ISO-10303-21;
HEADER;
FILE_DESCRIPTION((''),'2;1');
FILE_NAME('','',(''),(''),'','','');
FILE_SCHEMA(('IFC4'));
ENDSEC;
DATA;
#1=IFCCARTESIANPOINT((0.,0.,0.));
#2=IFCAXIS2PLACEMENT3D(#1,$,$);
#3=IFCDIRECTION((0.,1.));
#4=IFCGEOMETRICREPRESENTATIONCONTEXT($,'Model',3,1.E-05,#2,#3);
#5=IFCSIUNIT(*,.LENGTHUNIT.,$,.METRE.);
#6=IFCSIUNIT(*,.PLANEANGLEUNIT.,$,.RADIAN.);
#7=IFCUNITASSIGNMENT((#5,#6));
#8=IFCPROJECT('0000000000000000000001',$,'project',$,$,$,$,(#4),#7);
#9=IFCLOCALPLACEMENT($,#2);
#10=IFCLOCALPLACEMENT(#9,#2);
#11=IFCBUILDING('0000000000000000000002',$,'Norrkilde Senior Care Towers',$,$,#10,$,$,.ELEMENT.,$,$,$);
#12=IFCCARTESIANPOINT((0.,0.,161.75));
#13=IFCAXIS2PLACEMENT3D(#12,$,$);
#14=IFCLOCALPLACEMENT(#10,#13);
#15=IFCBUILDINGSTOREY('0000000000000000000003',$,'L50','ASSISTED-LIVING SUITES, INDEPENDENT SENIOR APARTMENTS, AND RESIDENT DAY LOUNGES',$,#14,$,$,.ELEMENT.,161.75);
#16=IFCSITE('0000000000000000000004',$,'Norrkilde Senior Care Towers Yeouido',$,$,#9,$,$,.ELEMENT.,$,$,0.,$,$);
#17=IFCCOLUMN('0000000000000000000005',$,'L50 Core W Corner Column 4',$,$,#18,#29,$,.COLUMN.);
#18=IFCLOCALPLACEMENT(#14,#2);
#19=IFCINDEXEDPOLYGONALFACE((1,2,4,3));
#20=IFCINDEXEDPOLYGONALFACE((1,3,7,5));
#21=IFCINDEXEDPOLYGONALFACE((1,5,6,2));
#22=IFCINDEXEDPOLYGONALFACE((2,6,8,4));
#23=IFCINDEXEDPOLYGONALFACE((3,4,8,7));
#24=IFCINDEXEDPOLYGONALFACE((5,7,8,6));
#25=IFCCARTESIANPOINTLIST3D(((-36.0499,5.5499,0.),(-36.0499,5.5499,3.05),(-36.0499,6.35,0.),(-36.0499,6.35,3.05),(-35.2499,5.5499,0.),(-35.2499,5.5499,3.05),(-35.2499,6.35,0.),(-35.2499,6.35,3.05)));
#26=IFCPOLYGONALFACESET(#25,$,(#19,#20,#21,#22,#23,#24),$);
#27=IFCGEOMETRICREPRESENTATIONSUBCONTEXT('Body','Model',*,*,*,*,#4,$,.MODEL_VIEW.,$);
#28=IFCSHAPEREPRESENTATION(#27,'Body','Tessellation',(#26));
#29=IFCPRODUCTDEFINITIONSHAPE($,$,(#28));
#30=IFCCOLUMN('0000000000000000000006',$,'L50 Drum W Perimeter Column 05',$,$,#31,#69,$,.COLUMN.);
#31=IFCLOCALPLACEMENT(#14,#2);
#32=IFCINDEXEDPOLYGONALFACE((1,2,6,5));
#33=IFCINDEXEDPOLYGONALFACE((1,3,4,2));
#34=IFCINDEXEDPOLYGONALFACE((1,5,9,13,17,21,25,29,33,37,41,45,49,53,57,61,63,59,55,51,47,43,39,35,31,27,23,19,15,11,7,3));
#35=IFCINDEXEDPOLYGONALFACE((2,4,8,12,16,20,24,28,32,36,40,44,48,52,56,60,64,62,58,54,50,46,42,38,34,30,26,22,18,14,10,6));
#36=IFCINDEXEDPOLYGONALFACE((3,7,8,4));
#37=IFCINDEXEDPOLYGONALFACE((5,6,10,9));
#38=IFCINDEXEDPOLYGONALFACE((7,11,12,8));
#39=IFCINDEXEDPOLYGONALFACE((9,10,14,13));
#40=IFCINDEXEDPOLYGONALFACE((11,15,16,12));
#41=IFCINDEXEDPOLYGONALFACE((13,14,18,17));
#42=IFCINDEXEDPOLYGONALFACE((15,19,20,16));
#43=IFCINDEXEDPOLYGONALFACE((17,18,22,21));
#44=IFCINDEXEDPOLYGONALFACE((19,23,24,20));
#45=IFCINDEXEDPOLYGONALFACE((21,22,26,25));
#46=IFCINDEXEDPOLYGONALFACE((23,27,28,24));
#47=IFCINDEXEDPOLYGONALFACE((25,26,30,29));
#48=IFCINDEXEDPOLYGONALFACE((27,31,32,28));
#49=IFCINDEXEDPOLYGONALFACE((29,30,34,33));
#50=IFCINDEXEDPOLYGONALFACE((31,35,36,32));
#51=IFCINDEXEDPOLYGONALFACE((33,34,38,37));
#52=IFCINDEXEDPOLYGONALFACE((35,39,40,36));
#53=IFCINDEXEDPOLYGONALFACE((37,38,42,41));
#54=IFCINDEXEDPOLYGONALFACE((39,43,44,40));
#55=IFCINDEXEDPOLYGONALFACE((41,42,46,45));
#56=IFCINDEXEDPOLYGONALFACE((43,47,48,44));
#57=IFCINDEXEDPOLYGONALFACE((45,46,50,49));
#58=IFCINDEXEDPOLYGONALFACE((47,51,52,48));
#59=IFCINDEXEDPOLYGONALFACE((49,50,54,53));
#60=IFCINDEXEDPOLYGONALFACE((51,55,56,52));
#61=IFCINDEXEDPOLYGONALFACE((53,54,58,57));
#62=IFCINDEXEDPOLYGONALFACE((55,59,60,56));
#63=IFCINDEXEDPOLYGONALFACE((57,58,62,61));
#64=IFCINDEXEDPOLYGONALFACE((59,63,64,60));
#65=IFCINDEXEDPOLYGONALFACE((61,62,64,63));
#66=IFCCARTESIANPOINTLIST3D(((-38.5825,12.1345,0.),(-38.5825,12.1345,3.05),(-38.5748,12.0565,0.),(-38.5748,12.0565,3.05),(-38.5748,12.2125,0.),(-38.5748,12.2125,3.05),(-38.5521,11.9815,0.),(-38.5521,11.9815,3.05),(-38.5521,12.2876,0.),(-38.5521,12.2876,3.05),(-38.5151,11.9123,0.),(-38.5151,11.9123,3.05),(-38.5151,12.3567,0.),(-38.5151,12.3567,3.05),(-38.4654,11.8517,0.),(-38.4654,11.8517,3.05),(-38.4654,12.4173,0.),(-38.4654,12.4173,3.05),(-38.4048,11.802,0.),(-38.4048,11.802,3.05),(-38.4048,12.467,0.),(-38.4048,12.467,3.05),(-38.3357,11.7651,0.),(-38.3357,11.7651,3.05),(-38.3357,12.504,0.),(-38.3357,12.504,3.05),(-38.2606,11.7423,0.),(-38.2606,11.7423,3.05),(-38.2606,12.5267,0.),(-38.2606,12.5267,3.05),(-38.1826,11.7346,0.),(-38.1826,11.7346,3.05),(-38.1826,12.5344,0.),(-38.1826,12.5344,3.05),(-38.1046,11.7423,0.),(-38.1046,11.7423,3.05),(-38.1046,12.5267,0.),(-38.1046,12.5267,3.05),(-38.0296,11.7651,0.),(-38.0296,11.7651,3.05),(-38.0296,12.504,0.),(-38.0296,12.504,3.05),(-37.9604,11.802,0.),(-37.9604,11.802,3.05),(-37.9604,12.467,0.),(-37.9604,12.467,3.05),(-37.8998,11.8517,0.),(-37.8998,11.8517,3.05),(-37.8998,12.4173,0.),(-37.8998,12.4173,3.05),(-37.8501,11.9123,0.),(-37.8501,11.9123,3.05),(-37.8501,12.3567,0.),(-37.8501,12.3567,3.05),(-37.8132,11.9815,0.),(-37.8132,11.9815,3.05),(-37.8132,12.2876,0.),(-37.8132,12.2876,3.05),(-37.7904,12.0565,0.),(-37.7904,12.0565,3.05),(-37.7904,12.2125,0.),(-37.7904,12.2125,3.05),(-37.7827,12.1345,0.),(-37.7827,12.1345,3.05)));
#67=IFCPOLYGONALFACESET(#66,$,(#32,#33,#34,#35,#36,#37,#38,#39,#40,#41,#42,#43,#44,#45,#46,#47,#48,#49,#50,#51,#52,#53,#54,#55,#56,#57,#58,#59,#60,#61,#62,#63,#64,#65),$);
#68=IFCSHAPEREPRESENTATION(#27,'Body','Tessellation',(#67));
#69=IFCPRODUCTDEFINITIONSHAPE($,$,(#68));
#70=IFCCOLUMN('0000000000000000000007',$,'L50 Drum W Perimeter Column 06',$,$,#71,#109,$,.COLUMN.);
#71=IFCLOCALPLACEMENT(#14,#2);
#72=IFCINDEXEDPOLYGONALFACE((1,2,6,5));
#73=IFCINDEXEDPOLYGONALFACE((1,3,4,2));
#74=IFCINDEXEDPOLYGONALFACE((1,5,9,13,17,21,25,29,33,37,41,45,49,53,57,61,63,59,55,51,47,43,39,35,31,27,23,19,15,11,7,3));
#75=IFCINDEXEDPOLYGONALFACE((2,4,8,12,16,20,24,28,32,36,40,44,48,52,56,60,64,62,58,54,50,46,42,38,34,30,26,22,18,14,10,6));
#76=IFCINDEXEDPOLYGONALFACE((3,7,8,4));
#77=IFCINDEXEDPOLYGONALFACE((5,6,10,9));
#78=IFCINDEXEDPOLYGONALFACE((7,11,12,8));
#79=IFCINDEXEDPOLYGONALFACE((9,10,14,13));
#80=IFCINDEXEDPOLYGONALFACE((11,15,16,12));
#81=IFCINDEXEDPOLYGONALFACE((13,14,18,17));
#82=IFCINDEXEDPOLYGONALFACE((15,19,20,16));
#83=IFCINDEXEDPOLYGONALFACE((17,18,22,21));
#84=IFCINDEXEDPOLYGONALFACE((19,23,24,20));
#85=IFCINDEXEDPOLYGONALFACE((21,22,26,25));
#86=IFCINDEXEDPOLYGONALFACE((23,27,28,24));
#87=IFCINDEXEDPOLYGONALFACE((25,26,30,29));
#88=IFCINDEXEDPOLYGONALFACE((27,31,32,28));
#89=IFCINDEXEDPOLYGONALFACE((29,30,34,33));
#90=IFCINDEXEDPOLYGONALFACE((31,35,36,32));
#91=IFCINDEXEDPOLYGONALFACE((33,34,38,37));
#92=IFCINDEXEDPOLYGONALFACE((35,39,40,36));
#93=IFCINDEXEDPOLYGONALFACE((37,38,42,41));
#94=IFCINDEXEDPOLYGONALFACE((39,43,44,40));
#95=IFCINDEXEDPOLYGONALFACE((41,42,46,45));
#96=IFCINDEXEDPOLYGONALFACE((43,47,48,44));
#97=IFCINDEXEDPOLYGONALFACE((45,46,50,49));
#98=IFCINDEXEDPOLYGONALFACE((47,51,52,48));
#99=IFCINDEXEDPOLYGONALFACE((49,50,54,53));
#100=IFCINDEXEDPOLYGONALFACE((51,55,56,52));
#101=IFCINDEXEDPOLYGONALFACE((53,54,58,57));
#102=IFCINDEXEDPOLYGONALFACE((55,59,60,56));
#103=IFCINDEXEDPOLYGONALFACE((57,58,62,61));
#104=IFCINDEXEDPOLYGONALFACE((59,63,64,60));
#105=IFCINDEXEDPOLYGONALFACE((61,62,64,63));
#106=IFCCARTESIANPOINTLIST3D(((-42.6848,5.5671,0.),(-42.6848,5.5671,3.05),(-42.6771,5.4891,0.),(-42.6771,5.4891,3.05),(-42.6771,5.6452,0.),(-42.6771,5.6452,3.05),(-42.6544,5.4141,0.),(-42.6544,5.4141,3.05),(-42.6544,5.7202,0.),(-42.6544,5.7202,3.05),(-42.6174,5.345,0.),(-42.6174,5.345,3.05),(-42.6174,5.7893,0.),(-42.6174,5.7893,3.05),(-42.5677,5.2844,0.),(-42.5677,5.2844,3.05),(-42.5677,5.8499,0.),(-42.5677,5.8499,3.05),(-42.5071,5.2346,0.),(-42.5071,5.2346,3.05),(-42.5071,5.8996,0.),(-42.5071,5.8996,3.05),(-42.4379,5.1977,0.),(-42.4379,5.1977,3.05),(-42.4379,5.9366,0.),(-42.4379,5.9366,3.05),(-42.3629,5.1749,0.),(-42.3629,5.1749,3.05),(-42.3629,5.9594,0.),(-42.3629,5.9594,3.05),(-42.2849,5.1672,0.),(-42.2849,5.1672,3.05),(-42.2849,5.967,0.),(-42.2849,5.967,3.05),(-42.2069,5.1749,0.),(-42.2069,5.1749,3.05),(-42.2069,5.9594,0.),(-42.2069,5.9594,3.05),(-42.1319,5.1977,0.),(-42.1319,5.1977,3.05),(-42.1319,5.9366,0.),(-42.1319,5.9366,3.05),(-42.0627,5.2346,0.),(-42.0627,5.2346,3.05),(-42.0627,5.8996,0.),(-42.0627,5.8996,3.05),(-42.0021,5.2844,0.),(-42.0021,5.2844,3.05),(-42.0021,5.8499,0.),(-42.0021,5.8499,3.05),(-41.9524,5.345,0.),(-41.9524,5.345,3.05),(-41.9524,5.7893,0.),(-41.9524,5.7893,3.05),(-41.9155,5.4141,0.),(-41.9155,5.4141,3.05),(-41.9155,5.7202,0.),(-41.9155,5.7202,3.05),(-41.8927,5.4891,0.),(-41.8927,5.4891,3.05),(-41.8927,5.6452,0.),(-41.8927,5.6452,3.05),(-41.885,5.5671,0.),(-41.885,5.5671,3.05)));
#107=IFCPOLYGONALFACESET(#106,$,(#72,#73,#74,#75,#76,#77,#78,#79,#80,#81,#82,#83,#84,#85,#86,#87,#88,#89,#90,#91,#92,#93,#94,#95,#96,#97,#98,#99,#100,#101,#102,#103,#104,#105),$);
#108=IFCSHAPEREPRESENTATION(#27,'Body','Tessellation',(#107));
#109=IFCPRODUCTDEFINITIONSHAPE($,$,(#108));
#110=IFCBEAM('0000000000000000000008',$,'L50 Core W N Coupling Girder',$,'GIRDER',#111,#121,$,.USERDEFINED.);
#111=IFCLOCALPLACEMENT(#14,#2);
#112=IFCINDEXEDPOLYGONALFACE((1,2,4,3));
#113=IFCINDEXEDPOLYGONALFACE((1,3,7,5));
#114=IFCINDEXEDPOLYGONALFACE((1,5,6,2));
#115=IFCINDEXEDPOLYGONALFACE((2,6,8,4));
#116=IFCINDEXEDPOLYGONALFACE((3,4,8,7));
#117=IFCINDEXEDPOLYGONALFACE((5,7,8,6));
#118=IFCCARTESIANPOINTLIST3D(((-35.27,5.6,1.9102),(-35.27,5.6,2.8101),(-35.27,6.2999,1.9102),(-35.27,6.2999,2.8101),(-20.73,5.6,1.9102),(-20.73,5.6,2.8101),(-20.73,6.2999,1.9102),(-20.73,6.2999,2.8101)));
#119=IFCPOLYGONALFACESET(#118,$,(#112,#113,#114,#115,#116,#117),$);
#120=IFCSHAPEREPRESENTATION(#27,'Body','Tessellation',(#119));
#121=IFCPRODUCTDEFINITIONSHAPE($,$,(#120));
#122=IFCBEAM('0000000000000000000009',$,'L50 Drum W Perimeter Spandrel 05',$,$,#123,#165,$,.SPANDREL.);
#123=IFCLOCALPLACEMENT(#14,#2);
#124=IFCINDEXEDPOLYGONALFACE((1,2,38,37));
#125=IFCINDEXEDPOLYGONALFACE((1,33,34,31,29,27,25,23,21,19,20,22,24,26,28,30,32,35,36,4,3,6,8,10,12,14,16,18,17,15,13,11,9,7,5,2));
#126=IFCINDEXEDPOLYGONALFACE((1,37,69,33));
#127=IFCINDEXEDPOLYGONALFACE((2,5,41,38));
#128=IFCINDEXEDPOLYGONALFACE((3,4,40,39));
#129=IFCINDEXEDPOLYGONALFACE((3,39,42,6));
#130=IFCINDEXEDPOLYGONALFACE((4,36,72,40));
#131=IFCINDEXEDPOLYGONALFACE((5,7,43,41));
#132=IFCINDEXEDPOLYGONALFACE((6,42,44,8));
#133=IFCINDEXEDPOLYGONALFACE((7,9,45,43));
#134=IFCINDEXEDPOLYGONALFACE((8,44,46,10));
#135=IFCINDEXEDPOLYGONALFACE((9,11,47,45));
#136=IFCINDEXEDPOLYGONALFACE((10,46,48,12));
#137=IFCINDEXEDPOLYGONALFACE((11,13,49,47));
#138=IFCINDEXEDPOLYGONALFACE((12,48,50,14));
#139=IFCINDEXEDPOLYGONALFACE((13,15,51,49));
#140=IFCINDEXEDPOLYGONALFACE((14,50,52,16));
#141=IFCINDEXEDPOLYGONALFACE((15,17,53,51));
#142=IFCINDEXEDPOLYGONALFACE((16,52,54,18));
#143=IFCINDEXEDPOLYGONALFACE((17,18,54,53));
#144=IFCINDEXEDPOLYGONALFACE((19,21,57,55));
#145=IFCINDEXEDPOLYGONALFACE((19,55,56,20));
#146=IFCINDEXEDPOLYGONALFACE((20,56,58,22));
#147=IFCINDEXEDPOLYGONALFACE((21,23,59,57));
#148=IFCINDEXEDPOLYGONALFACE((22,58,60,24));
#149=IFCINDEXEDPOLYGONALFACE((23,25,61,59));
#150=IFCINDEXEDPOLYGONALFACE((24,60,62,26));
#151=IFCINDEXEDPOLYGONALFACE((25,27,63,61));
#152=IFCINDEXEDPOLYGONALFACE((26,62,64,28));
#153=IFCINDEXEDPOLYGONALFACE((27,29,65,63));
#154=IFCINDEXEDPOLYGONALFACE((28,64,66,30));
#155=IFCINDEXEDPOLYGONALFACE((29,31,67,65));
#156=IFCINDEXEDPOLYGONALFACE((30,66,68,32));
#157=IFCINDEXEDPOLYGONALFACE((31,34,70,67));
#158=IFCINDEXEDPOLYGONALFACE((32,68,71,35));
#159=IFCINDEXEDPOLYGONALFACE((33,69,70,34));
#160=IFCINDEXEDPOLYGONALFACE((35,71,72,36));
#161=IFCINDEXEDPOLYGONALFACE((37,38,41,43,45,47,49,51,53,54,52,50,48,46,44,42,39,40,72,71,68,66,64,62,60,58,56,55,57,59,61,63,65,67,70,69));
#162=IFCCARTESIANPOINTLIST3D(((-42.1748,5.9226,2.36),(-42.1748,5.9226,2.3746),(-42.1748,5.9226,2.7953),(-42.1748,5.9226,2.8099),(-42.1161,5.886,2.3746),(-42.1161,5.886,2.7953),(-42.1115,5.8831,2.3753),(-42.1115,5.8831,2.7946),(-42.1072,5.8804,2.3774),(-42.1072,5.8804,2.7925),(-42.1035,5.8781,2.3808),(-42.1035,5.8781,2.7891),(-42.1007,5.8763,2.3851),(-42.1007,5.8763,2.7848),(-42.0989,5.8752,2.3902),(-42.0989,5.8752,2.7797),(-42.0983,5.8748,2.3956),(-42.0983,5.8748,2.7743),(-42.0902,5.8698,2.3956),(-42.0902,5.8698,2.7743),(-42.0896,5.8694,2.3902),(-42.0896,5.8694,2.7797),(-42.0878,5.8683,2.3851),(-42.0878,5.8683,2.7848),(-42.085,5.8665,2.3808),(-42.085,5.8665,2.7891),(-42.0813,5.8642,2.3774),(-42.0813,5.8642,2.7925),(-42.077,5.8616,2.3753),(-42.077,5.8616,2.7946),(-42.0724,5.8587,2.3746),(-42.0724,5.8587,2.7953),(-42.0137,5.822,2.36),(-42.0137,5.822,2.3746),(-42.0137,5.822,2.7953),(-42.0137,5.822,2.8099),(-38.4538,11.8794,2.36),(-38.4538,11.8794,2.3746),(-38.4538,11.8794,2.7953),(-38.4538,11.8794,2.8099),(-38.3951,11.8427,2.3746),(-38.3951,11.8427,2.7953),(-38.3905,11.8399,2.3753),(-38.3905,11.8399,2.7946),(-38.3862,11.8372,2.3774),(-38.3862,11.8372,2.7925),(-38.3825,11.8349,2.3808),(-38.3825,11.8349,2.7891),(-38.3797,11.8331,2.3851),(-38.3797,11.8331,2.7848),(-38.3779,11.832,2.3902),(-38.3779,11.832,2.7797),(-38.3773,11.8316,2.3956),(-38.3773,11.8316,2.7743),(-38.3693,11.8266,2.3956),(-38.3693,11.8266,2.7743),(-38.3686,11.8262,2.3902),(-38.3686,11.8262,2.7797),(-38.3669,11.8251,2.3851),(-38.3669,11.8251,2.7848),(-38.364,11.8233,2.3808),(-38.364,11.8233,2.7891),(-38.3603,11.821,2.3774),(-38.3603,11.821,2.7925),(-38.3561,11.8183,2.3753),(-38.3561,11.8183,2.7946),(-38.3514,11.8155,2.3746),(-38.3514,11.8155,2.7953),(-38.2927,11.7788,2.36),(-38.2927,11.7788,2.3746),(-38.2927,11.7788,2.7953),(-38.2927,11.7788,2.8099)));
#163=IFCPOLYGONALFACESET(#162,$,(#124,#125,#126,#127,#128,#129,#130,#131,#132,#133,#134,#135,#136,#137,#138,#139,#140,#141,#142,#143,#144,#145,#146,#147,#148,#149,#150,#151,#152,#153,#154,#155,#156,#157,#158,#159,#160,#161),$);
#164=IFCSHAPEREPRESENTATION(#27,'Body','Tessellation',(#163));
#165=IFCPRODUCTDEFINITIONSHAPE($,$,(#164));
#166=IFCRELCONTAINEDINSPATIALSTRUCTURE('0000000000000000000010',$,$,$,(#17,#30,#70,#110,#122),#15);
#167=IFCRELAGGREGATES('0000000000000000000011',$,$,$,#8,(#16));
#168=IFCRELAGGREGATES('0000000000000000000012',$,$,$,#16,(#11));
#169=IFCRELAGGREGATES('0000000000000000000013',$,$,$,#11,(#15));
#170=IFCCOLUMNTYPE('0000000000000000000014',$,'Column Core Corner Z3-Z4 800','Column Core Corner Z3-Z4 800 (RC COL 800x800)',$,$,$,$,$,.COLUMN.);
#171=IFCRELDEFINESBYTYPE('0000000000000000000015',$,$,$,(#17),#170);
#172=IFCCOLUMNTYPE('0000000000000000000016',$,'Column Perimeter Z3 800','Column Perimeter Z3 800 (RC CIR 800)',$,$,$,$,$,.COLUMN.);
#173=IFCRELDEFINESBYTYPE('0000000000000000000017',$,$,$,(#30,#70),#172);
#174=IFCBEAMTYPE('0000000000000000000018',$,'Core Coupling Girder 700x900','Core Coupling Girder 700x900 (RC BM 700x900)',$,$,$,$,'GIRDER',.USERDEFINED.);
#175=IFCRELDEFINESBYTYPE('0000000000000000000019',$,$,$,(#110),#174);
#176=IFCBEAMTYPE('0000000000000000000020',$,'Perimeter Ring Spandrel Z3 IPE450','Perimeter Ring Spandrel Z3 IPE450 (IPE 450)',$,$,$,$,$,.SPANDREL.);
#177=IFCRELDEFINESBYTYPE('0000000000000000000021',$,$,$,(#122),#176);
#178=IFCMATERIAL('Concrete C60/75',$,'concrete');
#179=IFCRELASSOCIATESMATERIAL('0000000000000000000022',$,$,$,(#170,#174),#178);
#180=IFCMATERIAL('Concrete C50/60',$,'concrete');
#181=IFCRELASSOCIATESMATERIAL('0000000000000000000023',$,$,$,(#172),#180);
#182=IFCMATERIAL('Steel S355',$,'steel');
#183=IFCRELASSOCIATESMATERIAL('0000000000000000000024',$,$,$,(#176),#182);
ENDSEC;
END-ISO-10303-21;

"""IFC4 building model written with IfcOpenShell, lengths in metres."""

from ifc_helpers import new_model, si_unit, direction, frame, origin, origin_2d, place, context, subcontext, project, spatial, rectangle, circle, i_section, extrude, source, transform, mapped, material, material_profile, profile_set, type_object, type_shapes, element, save


model = new_model("IFC4")

# Units and contexts
model_context = context("Model", 3, precision=1e-05, world=origin(), true_north=direction((0.0, 1.0)))
body_context = subcontext(model_context, "Body", "Model", "MODEL_VIEW")
ifc_project = project(units=[si_unit("LENGTHUNIT", "METRE"), si_unit("PLANEANGLEUNIT", "RADIAN")], contexts=[model_context])

# Site, building, storey
site_placement = place(None, origin())
site = spatial("IfcSite", under=ifc_project, at=site_placement, Name="Norrkilde Senior Care Towers Yeouido", CompositionType="ELEMENT", RefElevation=0.0)
building_placement = place(site_placement, origin())
building = spatial("IfcBuilding", under=site, at=building_placement, Name="Norrkilde Senior Care Towers", CompositionType="ELEMENT")
storey_placement = place(building_placement, frame((0.0, 0.0, 161.75)))
storey = spatial("IfcBuildingStorey", under=building, at=storey_placement, Name="L50", Description="ASSISTED-LIVING SUITES, INDEPENDENT SENIOR APARTMENTS, AND RESIDENT DAY LOUNGES", CompositionType="ELEMENT", Elevation=161.75)

# Columns
ifc_material_1 = material(Name="Concrete C60/75", Category="concrete")
ifc_material_profile_1 = material_profile(ifc_material_1, rectangle(XDim=0.8, YDim=0.8, at=origin_2d()), Name="RC COL 800x800")
ifc_profile_set_1 = profile_set([ifc_material_profile_1], Name="Concrete C60/75")
column_type_1 = type_object("IfcColumnType", Name="Column Core Corner Z3-Z4 800", Description="Column Core Corner Z3-Z4 800 (RC COL 800x800)", PredefinedType="COLUMN", material=ifc_profile_set_1)
shared_shape_1 = source(origin(), body_context, "Body", "SweptSolid", [
    extrude(rectangle(XDim=0.8, YDim=0.8, at=origin_2d()), origin(), (0.0, 0.0, 1.0), 3.05),
])
type_shapes(column_type_1, [shared_shape_1])
column_placement = place(storey_placement, frame((-35.6499, 5.95, 0.0), z_axis=(0.0, 0.0, 1.0), x_axis=(1.0, 0.0, 0.0)))
element("IfcColumn", 1, at=column_placement, inside=storey, type_object=column_type_1, Name="L50 Core W Corner Column 4", PredefinedType="COLUMN", context=body_context, shape_type="MappedRepresentation", body=[
    mapped(shared_shape_1, transform((0.0, 0.0, 0.0), x_axis=(1.0, 0.0, 0.0), y_axis=(0.0, 1.0, 0.0), z_axis=(0.0, 0.0, 1.0), scale=1.0)),
])
ifc_material_2 = material(Name="Concrete C50/60", Category="concrete")
ifc_material_profile_2 = material_profile(ifc_material_2, circle(Radius=0.3999, at=origin_2d()), Name="RC CIR 800")
ifc_profile_set_2 = profile_set([ifc_material_profile_2], Name="Concrete C50/60")
column_type_2 = type_object("IfcColumnType", Name="Column Perimeter Z3 800", Description="Column Perimeter Z3 800 (RC CIR 800)", PredefinedType="COLUMN", material=ifc_profile_set_2)
shared_shape_2 = source(origin(), body_context, "Body", "SweptSolid", [
    extrude(circle(Radius=0.3999, at=origin_2d()), origin(), (0.0, 0.0, 1.0), 3.05),
])
type_shapes(column_type_2, [shared_shape_2])
for number, where, z_axis, x_axis, name in (
    (2, (-38.1826, 12.1345, 0.0), (0.0, 0.0, 1.0), (1.0, 0.0, 0.0), "L50 Drum W Perimeter Column 05"),
    (3, (-42.2849, 5.5671, 0.0), (0.0, 0.0, 1.0), (1.0, 0.0, 0.0), "L50 Drum W Perimeter Column 06"),
):
    element("IfcColumn", number, at=place(storey_placement, frame(where, z_axis=z_axis, x_axis=x_axis)), inside=storey, type_object=column_type_2, Name=name, PredefinedType="COLUMN", context=body_context, shape_type="MappedRepresentation", body=[
        mapped(shared_shape_2, transform((0.0, 0.0, 0.0), x_axis=(1.0, 0.0, 0.0), y_axis=(0.0, 1.0, 0.0), z_axis=(0.0, 0.0, 1.0), scale=1.0)),
    ])

# Beams
ifc_material_profile_3 = material_profile(ifc_material_1, rectangle(XDim=0.7, YDim=0.8999, at=origin_2d()), Name="RC BM 700x900")
ifc_profile_set_3 = profile_set([ifc_material_profile_3], Name="Concrete C60/75")
beam_type_1 = type_object("IfcBeamType", Name="Core Coupling Girder 700x900", Description="Core Coupling Girder 700x900 (RC BM 700x900)", ElementType="GIRDER", PredefinedType="USERDEFINED", material=ifc_profile_set_3)
shared_shape_3 = source(origin(), body_context, "Body", "SweptSolid", [
    extrude(rectangle(XDim=0.7, YDim=0.8999, at=origin_2d()), origin(), (0.0, 0.0, 1.0), 14.54),
])
type_shapes(beam_type_1, [shared_shape_3])
beam_1_placement = place(storey_placement, frame((-35.27, 5.95, 2.3601), z_axis=(1.0, 0.0, 0.0), x_axis=(0.0, 1.0, 0.0)))
element("IfcBeam", 4, at=beam_1_placement, inside=storey, type_object=beam_type_1, Name="L50 Core W N Coupling Girder", ObjectType="GIRDER", PredefinedType="USERDEFINED", context=body_context, shape_type="MappedRepresentation", body=[
    mapped(shared_shape_3, transform((0.0, 0.0, 0.0), x_axis=(1.0, 0.0, 0.0), y_axis=(0.0, 1.0, 0.0), z_axis=(0.0, 0.0, 1.0), scale=1.0)),
])
ifc_material_3 = material(Name="Steel S355", Category="steel")
ifc_material_profile_4 = material_profile(ifc_material_3, i_section(OverallWidth=0.1899, OverallDepth=0.45, WebThickness=0.0095, FlangeThickness=0.0146, FilletRadius=0.021, at=origin_2d()), Name="IPE 450")
ifc_profile_set_4 = profile_set([ifc_material_profile_4], Name="Steel S355")
beam_type_2 = type_object("IfcBeamType", Name="Perimeter Ring Spandrel Z3 IPE450", Description="Perimeter Ring Spandrel Z3 IPE450 (IPE 450)", PredefinedType="SPANDREL", material=ifc_profile_set_4)
shared_shape_4 = source(origin(), body_context, "Body", "SweptSolid", [
    extrude(i_section(OverallWidth=0.1899, OverallDepth=0.45, WebThickness=0.0095, FlangeThickness=0.0146, FilletRadius=0.021, at=origin_2d()), origin(), (0.0, 0.0, 1.0), 7.0234),
])
beam_2_placement = place(storey_placement, frame((-38.3733, 11.8291, 2.585), z_axis=(-0.52979, -0.848129, 0.0), x_axis=(0.848129, -0.52979, 0.0)))
element("IfcBeam", 5, at=beam_2_placement, inside=storey, type_object=beam_type_2, Name="L50 Drum W Perimeter Spandrel 05", PredefinedType="SPANDREL", context=body_context, shape_type="MappedRepresentation", body=[
    mapped(shared_shape_4, transform((0.0, 0.0, 0.0), x_axis=(1.0, 0.0, 0.0), y_axis=(0.0, 1.0, 0.0), z_axis=(0.0, 0.0, 1.0), scale=1.0)),
])

save(model, "model.ifc")
